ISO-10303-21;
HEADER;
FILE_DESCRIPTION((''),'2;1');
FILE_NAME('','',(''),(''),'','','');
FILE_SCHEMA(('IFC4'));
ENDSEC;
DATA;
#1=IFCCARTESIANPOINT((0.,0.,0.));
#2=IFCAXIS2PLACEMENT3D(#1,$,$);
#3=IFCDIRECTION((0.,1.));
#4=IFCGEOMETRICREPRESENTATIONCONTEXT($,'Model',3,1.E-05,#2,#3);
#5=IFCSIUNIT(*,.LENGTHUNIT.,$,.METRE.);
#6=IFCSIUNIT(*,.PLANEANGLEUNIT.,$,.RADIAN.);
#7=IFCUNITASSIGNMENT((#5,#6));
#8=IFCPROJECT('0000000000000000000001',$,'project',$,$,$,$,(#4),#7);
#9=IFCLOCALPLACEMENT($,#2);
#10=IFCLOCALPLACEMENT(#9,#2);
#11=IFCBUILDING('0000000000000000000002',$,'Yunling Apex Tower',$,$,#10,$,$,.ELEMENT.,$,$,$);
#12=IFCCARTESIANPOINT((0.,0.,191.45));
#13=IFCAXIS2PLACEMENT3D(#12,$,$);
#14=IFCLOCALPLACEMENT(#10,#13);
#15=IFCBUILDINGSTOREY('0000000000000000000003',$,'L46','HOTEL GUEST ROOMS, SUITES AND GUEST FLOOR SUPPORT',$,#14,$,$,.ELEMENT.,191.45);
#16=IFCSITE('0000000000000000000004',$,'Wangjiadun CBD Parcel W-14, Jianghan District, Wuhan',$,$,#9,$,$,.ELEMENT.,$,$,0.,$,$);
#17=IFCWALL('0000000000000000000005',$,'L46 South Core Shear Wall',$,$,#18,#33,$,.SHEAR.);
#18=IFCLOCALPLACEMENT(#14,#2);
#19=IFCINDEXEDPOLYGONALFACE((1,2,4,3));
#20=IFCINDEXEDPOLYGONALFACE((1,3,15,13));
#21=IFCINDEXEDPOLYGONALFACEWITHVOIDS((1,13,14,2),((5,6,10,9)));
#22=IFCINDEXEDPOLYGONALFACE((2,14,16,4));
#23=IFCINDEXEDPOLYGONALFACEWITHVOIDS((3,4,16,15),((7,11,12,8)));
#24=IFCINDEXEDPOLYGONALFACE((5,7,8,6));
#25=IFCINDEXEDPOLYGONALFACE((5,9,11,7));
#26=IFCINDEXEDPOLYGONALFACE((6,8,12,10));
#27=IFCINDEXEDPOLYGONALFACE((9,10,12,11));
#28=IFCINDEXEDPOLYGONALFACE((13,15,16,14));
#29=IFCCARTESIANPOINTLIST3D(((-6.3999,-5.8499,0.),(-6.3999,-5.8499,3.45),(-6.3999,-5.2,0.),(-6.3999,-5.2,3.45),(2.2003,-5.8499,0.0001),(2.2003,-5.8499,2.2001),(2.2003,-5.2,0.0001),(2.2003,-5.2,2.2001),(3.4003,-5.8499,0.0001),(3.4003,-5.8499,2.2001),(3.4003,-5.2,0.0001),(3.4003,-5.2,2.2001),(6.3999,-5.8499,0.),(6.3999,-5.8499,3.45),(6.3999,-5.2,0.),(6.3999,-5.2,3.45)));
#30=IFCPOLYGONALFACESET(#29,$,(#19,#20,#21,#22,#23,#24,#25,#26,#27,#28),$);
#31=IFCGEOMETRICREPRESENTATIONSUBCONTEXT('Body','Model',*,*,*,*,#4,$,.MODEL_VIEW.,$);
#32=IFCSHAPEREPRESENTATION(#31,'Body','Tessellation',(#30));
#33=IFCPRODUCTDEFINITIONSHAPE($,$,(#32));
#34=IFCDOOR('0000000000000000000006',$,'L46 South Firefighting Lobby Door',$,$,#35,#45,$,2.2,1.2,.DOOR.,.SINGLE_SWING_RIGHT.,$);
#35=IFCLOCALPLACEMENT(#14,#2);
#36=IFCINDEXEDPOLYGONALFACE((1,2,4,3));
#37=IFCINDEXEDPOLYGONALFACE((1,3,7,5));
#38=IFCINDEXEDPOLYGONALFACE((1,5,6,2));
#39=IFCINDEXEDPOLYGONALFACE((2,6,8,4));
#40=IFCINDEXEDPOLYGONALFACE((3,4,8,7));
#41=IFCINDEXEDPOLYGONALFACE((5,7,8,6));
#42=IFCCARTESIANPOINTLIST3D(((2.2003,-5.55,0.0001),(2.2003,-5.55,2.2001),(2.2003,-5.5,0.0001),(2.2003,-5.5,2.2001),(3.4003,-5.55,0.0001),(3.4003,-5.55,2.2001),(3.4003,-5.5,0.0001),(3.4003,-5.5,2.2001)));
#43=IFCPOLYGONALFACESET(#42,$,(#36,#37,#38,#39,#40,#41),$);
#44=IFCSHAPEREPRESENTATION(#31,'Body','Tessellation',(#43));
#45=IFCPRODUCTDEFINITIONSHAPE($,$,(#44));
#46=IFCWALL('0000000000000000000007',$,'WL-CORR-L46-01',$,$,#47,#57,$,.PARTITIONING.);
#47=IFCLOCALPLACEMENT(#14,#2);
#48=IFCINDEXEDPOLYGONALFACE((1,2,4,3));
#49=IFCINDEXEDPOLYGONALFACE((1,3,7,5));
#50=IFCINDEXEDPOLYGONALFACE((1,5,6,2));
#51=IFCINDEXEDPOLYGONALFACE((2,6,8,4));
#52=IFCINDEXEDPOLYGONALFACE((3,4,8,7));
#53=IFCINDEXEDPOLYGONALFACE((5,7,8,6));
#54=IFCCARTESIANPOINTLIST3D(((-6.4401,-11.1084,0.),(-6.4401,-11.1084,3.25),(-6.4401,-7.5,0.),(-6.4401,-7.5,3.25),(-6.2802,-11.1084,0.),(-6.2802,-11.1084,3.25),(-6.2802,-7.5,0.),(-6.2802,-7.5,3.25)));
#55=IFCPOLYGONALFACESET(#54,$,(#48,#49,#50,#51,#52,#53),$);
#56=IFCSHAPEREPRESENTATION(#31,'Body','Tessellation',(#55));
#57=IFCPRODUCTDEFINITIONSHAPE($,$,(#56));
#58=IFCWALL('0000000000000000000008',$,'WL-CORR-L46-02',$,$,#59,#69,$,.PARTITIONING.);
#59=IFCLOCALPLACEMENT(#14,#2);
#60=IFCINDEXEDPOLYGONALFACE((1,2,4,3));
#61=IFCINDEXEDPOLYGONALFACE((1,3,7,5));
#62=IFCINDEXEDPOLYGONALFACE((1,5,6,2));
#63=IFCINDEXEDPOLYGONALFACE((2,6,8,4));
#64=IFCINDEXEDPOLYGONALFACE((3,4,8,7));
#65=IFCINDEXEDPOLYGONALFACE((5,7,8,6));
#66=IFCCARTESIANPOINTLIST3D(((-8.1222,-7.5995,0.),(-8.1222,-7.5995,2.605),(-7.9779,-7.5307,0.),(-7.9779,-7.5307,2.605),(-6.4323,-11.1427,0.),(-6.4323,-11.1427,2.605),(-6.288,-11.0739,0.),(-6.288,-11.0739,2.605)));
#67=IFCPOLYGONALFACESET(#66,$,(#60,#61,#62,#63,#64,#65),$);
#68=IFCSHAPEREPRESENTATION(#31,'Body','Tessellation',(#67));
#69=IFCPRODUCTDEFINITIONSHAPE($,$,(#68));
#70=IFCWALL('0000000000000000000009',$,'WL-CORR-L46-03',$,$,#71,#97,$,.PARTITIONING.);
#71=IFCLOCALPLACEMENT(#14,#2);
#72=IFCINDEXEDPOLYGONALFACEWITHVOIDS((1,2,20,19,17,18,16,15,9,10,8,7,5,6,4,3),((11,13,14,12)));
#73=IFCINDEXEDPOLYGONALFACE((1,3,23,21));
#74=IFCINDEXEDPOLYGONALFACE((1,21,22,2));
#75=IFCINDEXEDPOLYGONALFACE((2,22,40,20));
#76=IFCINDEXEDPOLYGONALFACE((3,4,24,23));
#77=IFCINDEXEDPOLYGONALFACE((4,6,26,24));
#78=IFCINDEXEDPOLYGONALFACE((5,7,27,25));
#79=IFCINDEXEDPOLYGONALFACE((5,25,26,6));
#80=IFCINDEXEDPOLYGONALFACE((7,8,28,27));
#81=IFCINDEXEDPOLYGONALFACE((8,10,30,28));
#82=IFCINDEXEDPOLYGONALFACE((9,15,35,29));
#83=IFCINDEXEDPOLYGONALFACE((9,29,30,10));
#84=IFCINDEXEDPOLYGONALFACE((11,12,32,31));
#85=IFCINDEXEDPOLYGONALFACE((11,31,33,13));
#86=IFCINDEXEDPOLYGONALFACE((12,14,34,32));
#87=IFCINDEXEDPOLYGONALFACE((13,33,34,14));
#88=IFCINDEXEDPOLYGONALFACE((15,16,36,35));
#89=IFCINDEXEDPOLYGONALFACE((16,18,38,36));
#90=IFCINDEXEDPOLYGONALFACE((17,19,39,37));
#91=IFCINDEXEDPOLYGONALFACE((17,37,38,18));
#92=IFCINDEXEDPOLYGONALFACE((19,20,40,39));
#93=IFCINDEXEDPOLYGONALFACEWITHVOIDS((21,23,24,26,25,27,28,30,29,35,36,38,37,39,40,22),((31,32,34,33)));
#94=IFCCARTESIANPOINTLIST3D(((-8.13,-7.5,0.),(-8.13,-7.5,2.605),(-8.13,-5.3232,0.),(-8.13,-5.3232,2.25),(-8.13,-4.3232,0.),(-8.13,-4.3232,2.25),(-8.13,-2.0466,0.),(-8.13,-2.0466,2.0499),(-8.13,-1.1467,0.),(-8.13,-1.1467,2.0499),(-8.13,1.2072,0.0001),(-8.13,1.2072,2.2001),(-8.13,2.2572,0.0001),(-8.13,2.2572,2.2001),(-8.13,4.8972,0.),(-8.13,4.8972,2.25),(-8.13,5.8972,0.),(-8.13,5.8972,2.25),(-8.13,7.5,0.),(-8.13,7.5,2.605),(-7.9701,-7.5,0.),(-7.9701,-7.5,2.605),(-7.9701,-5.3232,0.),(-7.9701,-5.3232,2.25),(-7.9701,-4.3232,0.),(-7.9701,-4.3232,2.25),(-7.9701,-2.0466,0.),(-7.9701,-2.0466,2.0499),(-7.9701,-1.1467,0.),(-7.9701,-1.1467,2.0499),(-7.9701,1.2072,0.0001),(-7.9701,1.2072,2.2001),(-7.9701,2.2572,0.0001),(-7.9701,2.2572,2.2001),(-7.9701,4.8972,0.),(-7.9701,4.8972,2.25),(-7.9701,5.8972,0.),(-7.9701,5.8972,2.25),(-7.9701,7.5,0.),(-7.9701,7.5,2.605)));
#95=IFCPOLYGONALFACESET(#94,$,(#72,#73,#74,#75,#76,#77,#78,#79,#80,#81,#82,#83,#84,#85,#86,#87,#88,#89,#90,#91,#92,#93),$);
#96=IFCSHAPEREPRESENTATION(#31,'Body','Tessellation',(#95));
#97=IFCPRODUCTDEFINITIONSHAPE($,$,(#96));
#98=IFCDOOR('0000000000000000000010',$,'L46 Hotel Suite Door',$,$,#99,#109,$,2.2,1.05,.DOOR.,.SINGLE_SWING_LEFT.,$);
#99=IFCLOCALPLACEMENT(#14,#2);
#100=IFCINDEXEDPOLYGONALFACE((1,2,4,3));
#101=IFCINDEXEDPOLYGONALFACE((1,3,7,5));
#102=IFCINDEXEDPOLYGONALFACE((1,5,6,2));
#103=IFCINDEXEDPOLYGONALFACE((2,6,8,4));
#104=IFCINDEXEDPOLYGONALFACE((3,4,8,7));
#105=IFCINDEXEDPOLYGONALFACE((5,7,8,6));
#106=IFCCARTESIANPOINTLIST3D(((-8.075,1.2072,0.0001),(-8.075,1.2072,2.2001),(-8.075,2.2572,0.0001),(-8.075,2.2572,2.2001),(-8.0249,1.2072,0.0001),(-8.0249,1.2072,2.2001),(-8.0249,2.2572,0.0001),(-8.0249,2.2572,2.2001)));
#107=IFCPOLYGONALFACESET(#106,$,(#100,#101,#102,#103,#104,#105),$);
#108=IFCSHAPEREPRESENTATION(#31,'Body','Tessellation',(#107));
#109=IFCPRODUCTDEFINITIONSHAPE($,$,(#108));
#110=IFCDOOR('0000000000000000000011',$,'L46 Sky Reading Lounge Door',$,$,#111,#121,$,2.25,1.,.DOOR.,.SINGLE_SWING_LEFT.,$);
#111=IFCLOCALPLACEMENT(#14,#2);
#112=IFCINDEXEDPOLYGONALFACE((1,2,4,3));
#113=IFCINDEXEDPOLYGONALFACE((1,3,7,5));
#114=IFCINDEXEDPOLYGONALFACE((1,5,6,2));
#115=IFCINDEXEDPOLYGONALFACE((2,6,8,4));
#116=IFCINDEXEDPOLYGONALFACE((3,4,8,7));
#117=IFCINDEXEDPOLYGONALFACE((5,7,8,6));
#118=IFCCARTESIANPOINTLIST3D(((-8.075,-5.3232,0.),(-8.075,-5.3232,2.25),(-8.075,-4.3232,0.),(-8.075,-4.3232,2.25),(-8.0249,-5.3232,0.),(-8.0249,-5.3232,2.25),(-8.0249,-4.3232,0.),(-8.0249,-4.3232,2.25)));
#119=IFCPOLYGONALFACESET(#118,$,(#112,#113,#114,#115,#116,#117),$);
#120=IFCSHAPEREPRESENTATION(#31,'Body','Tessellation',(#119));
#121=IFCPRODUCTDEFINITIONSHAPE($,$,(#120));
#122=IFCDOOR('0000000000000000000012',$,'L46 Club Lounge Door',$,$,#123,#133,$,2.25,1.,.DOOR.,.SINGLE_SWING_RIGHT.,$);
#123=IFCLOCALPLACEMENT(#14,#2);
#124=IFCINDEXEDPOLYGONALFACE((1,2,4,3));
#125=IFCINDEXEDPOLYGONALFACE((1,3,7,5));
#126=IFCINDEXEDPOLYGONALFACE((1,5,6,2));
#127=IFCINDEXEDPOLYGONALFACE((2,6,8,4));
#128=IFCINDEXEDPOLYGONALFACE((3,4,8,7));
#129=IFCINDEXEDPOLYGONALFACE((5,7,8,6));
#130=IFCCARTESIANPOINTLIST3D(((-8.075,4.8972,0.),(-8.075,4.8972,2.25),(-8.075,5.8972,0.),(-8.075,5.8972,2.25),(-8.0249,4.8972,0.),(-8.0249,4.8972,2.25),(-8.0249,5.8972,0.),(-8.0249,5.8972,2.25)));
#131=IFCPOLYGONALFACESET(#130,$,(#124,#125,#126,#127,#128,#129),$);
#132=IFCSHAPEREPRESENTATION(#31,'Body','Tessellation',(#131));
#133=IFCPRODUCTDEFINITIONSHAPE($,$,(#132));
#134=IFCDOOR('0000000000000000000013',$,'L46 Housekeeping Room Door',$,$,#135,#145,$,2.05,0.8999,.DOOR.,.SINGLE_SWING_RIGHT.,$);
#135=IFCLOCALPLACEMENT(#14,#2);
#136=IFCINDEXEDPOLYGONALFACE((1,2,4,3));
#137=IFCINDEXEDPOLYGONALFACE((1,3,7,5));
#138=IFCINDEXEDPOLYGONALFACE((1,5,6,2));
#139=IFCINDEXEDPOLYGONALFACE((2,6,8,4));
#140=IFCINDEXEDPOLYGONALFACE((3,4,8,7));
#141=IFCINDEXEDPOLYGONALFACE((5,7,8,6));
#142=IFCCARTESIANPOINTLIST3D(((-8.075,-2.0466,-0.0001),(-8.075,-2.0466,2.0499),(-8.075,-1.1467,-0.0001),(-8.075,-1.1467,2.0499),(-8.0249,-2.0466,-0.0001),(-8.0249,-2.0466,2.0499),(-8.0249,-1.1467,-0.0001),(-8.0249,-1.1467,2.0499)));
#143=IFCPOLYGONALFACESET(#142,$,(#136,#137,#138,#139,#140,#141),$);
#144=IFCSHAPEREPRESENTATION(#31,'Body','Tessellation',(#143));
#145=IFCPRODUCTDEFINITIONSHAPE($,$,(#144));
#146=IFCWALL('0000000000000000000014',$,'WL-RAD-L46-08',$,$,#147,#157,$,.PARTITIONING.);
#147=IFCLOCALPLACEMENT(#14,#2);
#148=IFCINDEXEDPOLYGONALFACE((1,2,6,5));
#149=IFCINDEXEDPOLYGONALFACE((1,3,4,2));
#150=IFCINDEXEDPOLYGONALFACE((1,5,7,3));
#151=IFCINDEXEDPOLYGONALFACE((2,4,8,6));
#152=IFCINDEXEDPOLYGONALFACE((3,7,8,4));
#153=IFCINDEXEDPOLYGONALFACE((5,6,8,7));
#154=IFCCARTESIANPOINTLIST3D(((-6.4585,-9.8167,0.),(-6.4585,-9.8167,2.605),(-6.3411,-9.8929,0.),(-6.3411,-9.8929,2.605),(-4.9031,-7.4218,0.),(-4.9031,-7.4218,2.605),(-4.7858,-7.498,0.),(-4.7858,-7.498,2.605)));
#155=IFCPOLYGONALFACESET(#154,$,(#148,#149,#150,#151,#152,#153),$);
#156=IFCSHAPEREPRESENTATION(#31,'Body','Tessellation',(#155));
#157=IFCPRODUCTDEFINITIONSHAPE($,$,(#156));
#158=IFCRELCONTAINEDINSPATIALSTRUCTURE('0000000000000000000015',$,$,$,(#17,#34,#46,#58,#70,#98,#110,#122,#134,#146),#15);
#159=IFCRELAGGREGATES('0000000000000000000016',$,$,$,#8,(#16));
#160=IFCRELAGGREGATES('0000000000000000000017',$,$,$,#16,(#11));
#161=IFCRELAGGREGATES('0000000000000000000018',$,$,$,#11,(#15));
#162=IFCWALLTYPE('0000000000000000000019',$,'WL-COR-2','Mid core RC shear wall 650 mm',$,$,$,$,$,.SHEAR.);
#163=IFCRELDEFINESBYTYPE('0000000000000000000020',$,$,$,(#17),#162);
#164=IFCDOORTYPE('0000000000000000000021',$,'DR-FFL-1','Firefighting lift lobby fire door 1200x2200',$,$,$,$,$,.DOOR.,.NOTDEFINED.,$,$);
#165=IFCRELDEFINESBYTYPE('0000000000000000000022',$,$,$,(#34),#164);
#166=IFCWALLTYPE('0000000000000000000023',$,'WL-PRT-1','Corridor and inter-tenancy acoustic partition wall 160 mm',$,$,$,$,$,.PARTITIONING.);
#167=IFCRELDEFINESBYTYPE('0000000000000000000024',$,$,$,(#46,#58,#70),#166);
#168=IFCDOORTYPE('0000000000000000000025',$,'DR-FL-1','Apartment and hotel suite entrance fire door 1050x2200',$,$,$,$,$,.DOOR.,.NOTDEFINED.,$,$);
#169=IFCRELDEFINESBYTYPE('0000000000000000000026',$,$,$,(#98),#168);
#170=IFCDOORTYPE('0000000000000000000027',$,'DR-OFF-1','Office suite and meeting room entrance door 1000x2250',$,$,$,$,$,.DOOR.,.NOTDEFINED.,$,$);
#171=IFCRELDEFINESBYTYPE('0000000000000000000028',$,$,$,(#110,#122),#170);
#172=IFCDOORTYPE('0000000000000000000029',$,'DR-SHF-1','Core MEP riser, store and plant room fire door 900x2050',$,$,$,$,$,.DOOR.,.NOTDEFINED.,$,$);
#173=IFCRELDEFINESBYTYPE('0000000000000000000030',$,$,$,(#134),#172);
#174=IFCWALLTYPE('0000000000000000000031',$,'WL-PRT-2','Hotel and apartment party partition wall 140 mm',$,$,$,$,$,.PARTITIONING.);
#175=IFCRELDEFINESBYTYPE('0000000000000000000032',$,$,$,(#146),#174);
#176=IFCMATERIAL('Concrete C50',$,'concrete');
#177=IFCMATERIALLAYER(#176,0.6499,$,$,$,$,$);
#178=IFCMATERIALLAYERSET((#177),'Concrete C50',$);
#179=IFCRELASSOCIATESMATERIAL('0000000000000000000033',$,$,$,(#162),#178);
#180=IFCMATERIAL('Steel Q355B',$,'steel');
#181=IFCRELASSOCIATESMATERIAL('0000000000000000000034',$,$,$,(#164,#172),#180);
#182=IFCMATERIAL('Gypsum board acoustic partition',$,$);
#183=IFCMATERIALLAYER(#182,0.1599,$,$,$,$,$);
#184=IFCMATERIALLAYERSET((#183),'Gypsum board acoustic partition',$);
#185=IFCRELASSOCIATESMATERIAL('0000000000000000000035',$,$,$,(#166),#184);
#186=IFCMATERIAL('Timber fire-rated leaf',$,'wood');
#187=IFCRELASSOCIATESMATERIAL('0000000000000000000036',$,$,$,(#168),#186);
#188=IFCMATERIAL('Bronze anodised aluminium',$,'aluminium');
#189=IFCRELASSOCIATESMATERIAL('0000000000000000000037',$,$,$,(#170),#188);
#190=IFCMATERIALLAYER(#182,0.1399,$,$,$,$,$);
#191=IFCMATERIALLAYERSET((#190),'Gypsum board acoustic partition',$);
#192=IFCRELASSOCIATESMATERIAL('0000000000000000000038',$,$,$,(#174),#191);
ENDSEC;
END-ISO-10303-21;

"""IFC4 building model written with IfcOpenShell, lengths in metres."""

from ifc_helpers import new_model, si_unit, direction, frame, frame_2d, origin, place, context, subcontext, project, spatial, rectangle, extrude, material, layer, layer_set, type_object, element, fill, save


model = new_model("IFC4")

# Units and contexts
model_context = context("Model", 3, precision=1e-05, world=origin(), true_north=direction((0.0, 1.0)))
body_context = subcontext(model_context, "Body", "Model", "MODEL_VIEW")
ifc_project = project(units=[si_unit("LENGTHUNIT", "METRE"), si_unit("PLANEANGLEUNIT", "RADIAN")], contexts=[model_context])

# Site, building, storey
site_placement = place(None, origin())
site = spatial("IfcSite", under=ifc_project, at=site_placement, Name="Wangjiadun CBD Parcel W-14, Jianghan District, Wuhan", CompositionType="ELEMENT", RefElevation=0.0)
building_placement = place(site_placement, origin())
building = spatial("IfcBuilding", under=site, at=building_placement, Name="Yunling Apex Tower", CompositionType="ELEMENT")
storey_placement = place(building_placement, frame((0.0, 0.0, 191.45)))
storey = spatial("IfcBuildingStorey", under=building, at=storey_placement, Name="L46", Description="HOTEL GUEST ROOMS, SUITES AND GUEST FLOOR SUPPORT", CompositionType="ELEMENT", Elevation=191.45)

# Shared definitions
ifc_material_1 = material(Name="Steel Q355B", Category="steel")

# Shared definitions
ifc_material_2 = material(Name="Bronze anodised aluminium", Category="aluminium")

# Wall, opening, door
ifc_material_3 = material(Name="Concrete C50", Category="concrete")
ifc_layer_1 = layer(ifc_material_3, 0.6499)
ifc_layer_set_1 = layer_set([ifc_layer_1], Name="Concrete C50")
wall_type_1 = type_object("IfcWallType", Name="WL-COR-2", Description="Mid core RC shear wall 650 mm", PredefinedType="SHEAR", material=ifc_layer_set_1)
wall_1_placement = place(storey_placement, frame((-6.3999, -5.5249, 0.0), z_axis=(0.0, 0.0, 1.0), x_axis=(1.0, 0.0, 0.0)))
wall_1 = element("IfcWall", 1, at=wall_1_placement, inside=storey, type_object=wall_type_1, Name="L46 South Core Shear Wall", PredefinedType="SHEAR", context=body_context, shape_type="SweptSolid", body=[
    extrude(rectangle(XDim=12.7998, YDim=0.6499, at=frame_2d((6.3999, 0.0))), origin(), (0.0, 0.0, 1.0), 3.45),
])
opening_1_placement = place(wall_1_placement, frame((8.6001, 0.0, 0.0)))
opening_1 = element("IfcOpeningElement", 2, at=opening_1_placement, cuts=wall_1, PredefinedType="OPENING", context=body_context, shape_type="SweptSolid", body=[
    extrude(rectangle(XDim=1.2, YDim=2.2, at=frame_2d((0.6001, 1.1001))), frame((0.0, 0.335, 0.0), z_axis=(0.0, -1.0, 0.0), x_axis=(1.0, 0.0, 0.0)), (0.0, 0.0, 1.0), 0.6699),
])
door_type_1 = type_object("IfcDoorType", Name="DR-FFL-1", Description="Firefighting lift lobby fire door 1200x2200", OperationType="NOTDEFINED", PredefinedType="DOOR", material=ifc_material_1)
door_1_placement = place(opening_1_placement, origin())
door_1 = element("IfcDoor", 3, at=door_1_placement, inside=storey, type_object=door_type_1, Name="L46 South Firefighting Lobby Door", OperationType="SINGLE_SWING_RIGHT", OverallHeight=2.2, OverallWidth=1.2, PredefinedType="DOOR", context=body_context, shape_type="SweptSolid", body=[
    extrude(rectangle(XDim=1.2, YDim=2.2, at=frame_2d((0.6001, 1.1001))), frame((0.0, 0.0249, 0.0), z_axis=(0.0, -1.0, 0.0), x_axis=(1.0, 0.0, 0.0)), (0.0, 0.0, 1.0), 0.05),
])
fill(opening_1, door_1)

# Walls
ifc_material_4 = material(Name="Gypsum board acoustic partition")
ifc_layer_2 = layer(ifc_material_4, 0.1599)
ifc_layer_set_2 = layer_set([ifc_layer_2], Name="Gypsum board acoustic partition")
wall_type_2 = type_object("IfcWallType", Name="WL-PRT-1", Description="Corridor and inter-tenancy acoustic partition wall 160 mm", PredefinedType="PARTITIONING", material=ifc_layer_set_2)
wall_2_placement = place(storey_placement, frame((-6.3601, -7.5, 0.0), z_axis=(0.0, 0.0, 1.0), x_axis=(0.0, -1.0, 0.0)))
element("IfcWall", 4, at=wall_2_placement, inside=storey, type_object=wall_type_2, Name="WL-CORR-L46-01", PredefinedType="PARTITIONING", context=body_context, shape_type="SweptSolid", body=[
    extrude(rectangle(XDim=3.6084, YDim=0.1599, at=frame_2d((1.8042, 0.0))), origin(), (0.0, 0.0, 1.0), 3.25),
])
wall_3_placement = place(storey_placement, frame((-6.3601, -11.1084, 0.0), z_axis=(0.0, 0.0, 1.0), x_axis=(-0.430494, 0.902594, 0.0)))
element("IfcWall", 5, at=wall_3_placement, inside=storey, type_object=wall_type_2, Name="WL-CORR-L46-02", PredefinedType="PARTITIONING", context=body_context, shape_type="SweptSolid", body=[
    extrude(rectangle(XDim=3.9255, YDim=0.1599, at=frame_2d((1.9629, 0.0))), origin(), (0.0, 0.0, 1.0), 2.605),
])

# Wall, openings, doors
wall_4_placement = place(storey_placement, frame((-8.05, -7.5, 0.0), z_axis=(0.0, 0.0, 1.0), x_axis=(0.0, 1.0, 0.0)))
wall_4 = element("IfcWall", 6, at=wall_4_placement, inside=storey, type_object=wall_type_2, Name="WL-CORR-L46-03", PredefinedType="PARTITIONING", context=body_context, shape_type="SweptSolid", body=[
    extrude(rectangle(XDim=15.0, YDim=0.1599, at=frame_2d((7.5, 0.0))), origin(), (0.0, 0.0, 1.0), 2.605),
])
opening_2_placement = place(wall_4_placement, frame((2.1768, 0.0, 0.0)))
opening_2 = element("IfcOpeningElement", 7, at=opening_2_placement, cuts=wall_4, PredefinedType="OPENING", context=body_context, shape_type="SweptSolid", body=[
    extrude(rectangle(XDim=1.0, YDim=2.25, at=frame_2d((0.5, 1.125))), frame((0.0, 0.0898, 0.0), z_axis=(0.0, -1.0, 0.0), x_axis=(1.0, 0.0, 0.0)), (0.0, 0.0, 1.0), 0.1799),
])
opening_3_placement = place(wall_4_placement, frame((5.4534, 0.0, 0.0)))
opening_3 = element("IfcOpeningElement", 8, at=opening_3_placement, cuts=wall_4, PredefinedType="OPENING", context=body_context, shape_type="SweptSolid", body=[
    extrude(rectangle(XDim=0.8999, YDim=2.05, at=frame_2d((0.45, 1.0249))), frame((0.0, 0.0898, 0.0), z_axis=(0.0, -1.0, 0.0), x_axis=(1.0, 0.0, 0.0)), (0.0, 0.0, 1.0), 0.1799),
])
opening_4_placement = place(wall_4_placement, frame((8.7073, 0.0, 0.0)))
opening_4 = element("IfcOpeningElement", 9, at=opening_4_placement, cuts=wall_4, PredefinedType="OPENING", context=body_context, shape_type="SweptSolid", body=[
    extrude(rectangle(XDim=1.05, YDim=2.2, at=frame_2d((0.5249, 1.1001))), frame((0.0, 0.0898, 0.0), z_axis=(0.0, -1.0, 0.0), x_axis=(1.0, 0.0, 0.0)), (0.0, 0.0, 1.0), 0.1799),
])
opening_5_placement = place(wall_4_placement, frame((12.3972, 0.0, 0.0)))
opening_5 = element("IfcOpeningElement", 10, at=opening_5_placement, cuts=wall_4, PredefinedType="OPENING", context=body_context, shape_type="SweptSolid", body=[
    extrude(rectangle(XDim=1.0, YDim=2.25, at=frame_2d((0.5, 1.125))), frame((0.0, 0.0898, 0.0), z_axis=(0.0, -1.0, 0.0), x_axis=(1.0, 0.0, 0.0)), (0.0, 0.0, 1.0), 0.1799),
])
ifc_material_5 = material(Name="Timber fire-rated leaf", Category="wood")
door_type_2 = type_object("IfcDoorType", Name="DR-FL-1", Description="Apartment and hotel suite entrance fire door 1050x2200", OperationType="NOTDEFINED", PredefinedType="DOOR", material=ifc_material_5)
door_2_placement = place(opening_4_placement, origin())
door_2 = element("IfcDoor", 11, at=door_2_placement, inside=storey, type_object=door_type_2, Name="L46 Hotel Suite Door", OperationType="SINGLE_SWING_LEFT", OverallHeight=2.2, OverallWidth=1.05, PredefinedType="DOOR", context=body_context, shape_type="SweptSolid", body=[
    extrude(rectangle(XDim=1.05, YDim=2.2, at=frame_2d((0.5249, 1.1001))), frame((0.0, 0.0249, 0.0), z_axis=(0.0, -1.0, 0.0), x_axis=(1.0, 0.0, 0.0)), (0.0, 0.0, 1.0), 0.05),
])
fill(opening_4, door_2)
door_type_3 = type_object("IfcDoorType", Name="DR-OFF-1", Description="Office suite and meeting room entrance door 1000x2250", OperationType="NOTDEFINED", PredefinedType="DOOR", material=ifc_material_2)
door_3_placement = place(opening_2_placement, origin())
door_3 = element("IfcDoor", 12, at=door_3_placement, inside=storey, type_object=door_type_3, Name="L46 Sky Reading Lounge Door", OperationType="SINGLE_SWING_LEFT", OverallHeight=2.25, OverallWidth=1.0, PredefinedType="DOOR", context=body_context, shape_type="SweptSolid", body=[
    extrude(rectangle(XDim=1.0, YDim=2.25, at=frame_2d((0.5, 1.125))), frame((0.0, 0.0249, 0.0), z_axis=(0.0, -1.0, 0.0), x_axis=(1.0, 0.0, 0.0)), (0.0, 0.0, 1.0), 0.05),
])
fill(opening_2, door_3)
door_4_placement = place(opening_5_placement, origin())
door_4 = element("IfcDoor", 13, at=door_4_placement, inside=storey, type_object=door_type_3, Name="L46 Club Lounge Door", OperationType="SINGLE_SWING_RIGHT", OverallHeight=2.25, OverallWidth=1.0, PredefinedType="DOOR", context=body_context, shape_type="SweptSolid", body=[
    extrude(rectangle(XDim=1.0, YDim=2.25, at=frame_2d((0.5, 1.125))), frame((0.0, 0.0249, 0.0), z_axis=(0.0, -1.0, 0.0), x_axis=(1.0, 0.0, 0.0)), (0.0, 0.0, 1.0), 0.05),
])
fill(opening_5, door_4)
door_type_4 = type_object("IfcDoorType", Name="DR-SHF-1", Description="Core MEP riser, store and plant room fire door 900x2050", OperationType="NOTDEFINED", PredefinedType="DOOR", material=ifc_material_1)
door_5_placement = place(opening_3_placement, origin())
door_5 = element("IfcDoor", 14, at=door_5_placement, inside=storey, type_object=door_type_4, Name="L46 Housekeeping Room Door", OperationType="SINGLE_SWING_RIGHT", OverallHeight=2.05, OverallWidth=0.8999, PredefinedType="DOOR", context=body_context, shape_type="SweptSolid", body=[
    extrude(rectangle(XDim=0.8999, YDim=2.05, at=frame_2d((0.45, 1.0249))), frame((0.0, 0.0249, 0.0), z_axis=(0.0, -1.0, 0.0), x_axis=(1.0, 0.0, 0.0)), (0.0, 0.0, 1.0), 0.05),
])
fill(opening_3, door_5)

# Wall
ifc_layer_3 = layer(ifc_material_4, 0.1399)
ifc_layer_set_3 = layer_set([ifc_layer_3], Name="Gypsum board acoustic partition")
wall_type_3 = type_object("IfcWallType", Name="WL-PRT-2", Description="Hotel and apartment party partition wall 140 mm", PredefinedType="PARTITIONING", material=ifc_layer_set_3)
wall_5_placement = place(storey_placement, frame((-4.8445, -7.46, 0.0), z_axis=(0.0, 0.0, 1.0), x_axis=(-0.544658, -0.838658, 0.0)))
element("IfcWall", 15, at=wall_5_placement, inside=storey, type_object=wall_type_3, Name="WL-RAD-L46-08", PredefinedType="PARTITIONING", context=body_context, shape_type="SweptSolid", body=[
    extrude(rectangle(XDim=2.8557, YDim=0.1399, at=frame_2d((1.4277, 0.0))), origin(), (0.0, 0.0, 1.0), 2.605),
])

save(model, "model.ifc")
